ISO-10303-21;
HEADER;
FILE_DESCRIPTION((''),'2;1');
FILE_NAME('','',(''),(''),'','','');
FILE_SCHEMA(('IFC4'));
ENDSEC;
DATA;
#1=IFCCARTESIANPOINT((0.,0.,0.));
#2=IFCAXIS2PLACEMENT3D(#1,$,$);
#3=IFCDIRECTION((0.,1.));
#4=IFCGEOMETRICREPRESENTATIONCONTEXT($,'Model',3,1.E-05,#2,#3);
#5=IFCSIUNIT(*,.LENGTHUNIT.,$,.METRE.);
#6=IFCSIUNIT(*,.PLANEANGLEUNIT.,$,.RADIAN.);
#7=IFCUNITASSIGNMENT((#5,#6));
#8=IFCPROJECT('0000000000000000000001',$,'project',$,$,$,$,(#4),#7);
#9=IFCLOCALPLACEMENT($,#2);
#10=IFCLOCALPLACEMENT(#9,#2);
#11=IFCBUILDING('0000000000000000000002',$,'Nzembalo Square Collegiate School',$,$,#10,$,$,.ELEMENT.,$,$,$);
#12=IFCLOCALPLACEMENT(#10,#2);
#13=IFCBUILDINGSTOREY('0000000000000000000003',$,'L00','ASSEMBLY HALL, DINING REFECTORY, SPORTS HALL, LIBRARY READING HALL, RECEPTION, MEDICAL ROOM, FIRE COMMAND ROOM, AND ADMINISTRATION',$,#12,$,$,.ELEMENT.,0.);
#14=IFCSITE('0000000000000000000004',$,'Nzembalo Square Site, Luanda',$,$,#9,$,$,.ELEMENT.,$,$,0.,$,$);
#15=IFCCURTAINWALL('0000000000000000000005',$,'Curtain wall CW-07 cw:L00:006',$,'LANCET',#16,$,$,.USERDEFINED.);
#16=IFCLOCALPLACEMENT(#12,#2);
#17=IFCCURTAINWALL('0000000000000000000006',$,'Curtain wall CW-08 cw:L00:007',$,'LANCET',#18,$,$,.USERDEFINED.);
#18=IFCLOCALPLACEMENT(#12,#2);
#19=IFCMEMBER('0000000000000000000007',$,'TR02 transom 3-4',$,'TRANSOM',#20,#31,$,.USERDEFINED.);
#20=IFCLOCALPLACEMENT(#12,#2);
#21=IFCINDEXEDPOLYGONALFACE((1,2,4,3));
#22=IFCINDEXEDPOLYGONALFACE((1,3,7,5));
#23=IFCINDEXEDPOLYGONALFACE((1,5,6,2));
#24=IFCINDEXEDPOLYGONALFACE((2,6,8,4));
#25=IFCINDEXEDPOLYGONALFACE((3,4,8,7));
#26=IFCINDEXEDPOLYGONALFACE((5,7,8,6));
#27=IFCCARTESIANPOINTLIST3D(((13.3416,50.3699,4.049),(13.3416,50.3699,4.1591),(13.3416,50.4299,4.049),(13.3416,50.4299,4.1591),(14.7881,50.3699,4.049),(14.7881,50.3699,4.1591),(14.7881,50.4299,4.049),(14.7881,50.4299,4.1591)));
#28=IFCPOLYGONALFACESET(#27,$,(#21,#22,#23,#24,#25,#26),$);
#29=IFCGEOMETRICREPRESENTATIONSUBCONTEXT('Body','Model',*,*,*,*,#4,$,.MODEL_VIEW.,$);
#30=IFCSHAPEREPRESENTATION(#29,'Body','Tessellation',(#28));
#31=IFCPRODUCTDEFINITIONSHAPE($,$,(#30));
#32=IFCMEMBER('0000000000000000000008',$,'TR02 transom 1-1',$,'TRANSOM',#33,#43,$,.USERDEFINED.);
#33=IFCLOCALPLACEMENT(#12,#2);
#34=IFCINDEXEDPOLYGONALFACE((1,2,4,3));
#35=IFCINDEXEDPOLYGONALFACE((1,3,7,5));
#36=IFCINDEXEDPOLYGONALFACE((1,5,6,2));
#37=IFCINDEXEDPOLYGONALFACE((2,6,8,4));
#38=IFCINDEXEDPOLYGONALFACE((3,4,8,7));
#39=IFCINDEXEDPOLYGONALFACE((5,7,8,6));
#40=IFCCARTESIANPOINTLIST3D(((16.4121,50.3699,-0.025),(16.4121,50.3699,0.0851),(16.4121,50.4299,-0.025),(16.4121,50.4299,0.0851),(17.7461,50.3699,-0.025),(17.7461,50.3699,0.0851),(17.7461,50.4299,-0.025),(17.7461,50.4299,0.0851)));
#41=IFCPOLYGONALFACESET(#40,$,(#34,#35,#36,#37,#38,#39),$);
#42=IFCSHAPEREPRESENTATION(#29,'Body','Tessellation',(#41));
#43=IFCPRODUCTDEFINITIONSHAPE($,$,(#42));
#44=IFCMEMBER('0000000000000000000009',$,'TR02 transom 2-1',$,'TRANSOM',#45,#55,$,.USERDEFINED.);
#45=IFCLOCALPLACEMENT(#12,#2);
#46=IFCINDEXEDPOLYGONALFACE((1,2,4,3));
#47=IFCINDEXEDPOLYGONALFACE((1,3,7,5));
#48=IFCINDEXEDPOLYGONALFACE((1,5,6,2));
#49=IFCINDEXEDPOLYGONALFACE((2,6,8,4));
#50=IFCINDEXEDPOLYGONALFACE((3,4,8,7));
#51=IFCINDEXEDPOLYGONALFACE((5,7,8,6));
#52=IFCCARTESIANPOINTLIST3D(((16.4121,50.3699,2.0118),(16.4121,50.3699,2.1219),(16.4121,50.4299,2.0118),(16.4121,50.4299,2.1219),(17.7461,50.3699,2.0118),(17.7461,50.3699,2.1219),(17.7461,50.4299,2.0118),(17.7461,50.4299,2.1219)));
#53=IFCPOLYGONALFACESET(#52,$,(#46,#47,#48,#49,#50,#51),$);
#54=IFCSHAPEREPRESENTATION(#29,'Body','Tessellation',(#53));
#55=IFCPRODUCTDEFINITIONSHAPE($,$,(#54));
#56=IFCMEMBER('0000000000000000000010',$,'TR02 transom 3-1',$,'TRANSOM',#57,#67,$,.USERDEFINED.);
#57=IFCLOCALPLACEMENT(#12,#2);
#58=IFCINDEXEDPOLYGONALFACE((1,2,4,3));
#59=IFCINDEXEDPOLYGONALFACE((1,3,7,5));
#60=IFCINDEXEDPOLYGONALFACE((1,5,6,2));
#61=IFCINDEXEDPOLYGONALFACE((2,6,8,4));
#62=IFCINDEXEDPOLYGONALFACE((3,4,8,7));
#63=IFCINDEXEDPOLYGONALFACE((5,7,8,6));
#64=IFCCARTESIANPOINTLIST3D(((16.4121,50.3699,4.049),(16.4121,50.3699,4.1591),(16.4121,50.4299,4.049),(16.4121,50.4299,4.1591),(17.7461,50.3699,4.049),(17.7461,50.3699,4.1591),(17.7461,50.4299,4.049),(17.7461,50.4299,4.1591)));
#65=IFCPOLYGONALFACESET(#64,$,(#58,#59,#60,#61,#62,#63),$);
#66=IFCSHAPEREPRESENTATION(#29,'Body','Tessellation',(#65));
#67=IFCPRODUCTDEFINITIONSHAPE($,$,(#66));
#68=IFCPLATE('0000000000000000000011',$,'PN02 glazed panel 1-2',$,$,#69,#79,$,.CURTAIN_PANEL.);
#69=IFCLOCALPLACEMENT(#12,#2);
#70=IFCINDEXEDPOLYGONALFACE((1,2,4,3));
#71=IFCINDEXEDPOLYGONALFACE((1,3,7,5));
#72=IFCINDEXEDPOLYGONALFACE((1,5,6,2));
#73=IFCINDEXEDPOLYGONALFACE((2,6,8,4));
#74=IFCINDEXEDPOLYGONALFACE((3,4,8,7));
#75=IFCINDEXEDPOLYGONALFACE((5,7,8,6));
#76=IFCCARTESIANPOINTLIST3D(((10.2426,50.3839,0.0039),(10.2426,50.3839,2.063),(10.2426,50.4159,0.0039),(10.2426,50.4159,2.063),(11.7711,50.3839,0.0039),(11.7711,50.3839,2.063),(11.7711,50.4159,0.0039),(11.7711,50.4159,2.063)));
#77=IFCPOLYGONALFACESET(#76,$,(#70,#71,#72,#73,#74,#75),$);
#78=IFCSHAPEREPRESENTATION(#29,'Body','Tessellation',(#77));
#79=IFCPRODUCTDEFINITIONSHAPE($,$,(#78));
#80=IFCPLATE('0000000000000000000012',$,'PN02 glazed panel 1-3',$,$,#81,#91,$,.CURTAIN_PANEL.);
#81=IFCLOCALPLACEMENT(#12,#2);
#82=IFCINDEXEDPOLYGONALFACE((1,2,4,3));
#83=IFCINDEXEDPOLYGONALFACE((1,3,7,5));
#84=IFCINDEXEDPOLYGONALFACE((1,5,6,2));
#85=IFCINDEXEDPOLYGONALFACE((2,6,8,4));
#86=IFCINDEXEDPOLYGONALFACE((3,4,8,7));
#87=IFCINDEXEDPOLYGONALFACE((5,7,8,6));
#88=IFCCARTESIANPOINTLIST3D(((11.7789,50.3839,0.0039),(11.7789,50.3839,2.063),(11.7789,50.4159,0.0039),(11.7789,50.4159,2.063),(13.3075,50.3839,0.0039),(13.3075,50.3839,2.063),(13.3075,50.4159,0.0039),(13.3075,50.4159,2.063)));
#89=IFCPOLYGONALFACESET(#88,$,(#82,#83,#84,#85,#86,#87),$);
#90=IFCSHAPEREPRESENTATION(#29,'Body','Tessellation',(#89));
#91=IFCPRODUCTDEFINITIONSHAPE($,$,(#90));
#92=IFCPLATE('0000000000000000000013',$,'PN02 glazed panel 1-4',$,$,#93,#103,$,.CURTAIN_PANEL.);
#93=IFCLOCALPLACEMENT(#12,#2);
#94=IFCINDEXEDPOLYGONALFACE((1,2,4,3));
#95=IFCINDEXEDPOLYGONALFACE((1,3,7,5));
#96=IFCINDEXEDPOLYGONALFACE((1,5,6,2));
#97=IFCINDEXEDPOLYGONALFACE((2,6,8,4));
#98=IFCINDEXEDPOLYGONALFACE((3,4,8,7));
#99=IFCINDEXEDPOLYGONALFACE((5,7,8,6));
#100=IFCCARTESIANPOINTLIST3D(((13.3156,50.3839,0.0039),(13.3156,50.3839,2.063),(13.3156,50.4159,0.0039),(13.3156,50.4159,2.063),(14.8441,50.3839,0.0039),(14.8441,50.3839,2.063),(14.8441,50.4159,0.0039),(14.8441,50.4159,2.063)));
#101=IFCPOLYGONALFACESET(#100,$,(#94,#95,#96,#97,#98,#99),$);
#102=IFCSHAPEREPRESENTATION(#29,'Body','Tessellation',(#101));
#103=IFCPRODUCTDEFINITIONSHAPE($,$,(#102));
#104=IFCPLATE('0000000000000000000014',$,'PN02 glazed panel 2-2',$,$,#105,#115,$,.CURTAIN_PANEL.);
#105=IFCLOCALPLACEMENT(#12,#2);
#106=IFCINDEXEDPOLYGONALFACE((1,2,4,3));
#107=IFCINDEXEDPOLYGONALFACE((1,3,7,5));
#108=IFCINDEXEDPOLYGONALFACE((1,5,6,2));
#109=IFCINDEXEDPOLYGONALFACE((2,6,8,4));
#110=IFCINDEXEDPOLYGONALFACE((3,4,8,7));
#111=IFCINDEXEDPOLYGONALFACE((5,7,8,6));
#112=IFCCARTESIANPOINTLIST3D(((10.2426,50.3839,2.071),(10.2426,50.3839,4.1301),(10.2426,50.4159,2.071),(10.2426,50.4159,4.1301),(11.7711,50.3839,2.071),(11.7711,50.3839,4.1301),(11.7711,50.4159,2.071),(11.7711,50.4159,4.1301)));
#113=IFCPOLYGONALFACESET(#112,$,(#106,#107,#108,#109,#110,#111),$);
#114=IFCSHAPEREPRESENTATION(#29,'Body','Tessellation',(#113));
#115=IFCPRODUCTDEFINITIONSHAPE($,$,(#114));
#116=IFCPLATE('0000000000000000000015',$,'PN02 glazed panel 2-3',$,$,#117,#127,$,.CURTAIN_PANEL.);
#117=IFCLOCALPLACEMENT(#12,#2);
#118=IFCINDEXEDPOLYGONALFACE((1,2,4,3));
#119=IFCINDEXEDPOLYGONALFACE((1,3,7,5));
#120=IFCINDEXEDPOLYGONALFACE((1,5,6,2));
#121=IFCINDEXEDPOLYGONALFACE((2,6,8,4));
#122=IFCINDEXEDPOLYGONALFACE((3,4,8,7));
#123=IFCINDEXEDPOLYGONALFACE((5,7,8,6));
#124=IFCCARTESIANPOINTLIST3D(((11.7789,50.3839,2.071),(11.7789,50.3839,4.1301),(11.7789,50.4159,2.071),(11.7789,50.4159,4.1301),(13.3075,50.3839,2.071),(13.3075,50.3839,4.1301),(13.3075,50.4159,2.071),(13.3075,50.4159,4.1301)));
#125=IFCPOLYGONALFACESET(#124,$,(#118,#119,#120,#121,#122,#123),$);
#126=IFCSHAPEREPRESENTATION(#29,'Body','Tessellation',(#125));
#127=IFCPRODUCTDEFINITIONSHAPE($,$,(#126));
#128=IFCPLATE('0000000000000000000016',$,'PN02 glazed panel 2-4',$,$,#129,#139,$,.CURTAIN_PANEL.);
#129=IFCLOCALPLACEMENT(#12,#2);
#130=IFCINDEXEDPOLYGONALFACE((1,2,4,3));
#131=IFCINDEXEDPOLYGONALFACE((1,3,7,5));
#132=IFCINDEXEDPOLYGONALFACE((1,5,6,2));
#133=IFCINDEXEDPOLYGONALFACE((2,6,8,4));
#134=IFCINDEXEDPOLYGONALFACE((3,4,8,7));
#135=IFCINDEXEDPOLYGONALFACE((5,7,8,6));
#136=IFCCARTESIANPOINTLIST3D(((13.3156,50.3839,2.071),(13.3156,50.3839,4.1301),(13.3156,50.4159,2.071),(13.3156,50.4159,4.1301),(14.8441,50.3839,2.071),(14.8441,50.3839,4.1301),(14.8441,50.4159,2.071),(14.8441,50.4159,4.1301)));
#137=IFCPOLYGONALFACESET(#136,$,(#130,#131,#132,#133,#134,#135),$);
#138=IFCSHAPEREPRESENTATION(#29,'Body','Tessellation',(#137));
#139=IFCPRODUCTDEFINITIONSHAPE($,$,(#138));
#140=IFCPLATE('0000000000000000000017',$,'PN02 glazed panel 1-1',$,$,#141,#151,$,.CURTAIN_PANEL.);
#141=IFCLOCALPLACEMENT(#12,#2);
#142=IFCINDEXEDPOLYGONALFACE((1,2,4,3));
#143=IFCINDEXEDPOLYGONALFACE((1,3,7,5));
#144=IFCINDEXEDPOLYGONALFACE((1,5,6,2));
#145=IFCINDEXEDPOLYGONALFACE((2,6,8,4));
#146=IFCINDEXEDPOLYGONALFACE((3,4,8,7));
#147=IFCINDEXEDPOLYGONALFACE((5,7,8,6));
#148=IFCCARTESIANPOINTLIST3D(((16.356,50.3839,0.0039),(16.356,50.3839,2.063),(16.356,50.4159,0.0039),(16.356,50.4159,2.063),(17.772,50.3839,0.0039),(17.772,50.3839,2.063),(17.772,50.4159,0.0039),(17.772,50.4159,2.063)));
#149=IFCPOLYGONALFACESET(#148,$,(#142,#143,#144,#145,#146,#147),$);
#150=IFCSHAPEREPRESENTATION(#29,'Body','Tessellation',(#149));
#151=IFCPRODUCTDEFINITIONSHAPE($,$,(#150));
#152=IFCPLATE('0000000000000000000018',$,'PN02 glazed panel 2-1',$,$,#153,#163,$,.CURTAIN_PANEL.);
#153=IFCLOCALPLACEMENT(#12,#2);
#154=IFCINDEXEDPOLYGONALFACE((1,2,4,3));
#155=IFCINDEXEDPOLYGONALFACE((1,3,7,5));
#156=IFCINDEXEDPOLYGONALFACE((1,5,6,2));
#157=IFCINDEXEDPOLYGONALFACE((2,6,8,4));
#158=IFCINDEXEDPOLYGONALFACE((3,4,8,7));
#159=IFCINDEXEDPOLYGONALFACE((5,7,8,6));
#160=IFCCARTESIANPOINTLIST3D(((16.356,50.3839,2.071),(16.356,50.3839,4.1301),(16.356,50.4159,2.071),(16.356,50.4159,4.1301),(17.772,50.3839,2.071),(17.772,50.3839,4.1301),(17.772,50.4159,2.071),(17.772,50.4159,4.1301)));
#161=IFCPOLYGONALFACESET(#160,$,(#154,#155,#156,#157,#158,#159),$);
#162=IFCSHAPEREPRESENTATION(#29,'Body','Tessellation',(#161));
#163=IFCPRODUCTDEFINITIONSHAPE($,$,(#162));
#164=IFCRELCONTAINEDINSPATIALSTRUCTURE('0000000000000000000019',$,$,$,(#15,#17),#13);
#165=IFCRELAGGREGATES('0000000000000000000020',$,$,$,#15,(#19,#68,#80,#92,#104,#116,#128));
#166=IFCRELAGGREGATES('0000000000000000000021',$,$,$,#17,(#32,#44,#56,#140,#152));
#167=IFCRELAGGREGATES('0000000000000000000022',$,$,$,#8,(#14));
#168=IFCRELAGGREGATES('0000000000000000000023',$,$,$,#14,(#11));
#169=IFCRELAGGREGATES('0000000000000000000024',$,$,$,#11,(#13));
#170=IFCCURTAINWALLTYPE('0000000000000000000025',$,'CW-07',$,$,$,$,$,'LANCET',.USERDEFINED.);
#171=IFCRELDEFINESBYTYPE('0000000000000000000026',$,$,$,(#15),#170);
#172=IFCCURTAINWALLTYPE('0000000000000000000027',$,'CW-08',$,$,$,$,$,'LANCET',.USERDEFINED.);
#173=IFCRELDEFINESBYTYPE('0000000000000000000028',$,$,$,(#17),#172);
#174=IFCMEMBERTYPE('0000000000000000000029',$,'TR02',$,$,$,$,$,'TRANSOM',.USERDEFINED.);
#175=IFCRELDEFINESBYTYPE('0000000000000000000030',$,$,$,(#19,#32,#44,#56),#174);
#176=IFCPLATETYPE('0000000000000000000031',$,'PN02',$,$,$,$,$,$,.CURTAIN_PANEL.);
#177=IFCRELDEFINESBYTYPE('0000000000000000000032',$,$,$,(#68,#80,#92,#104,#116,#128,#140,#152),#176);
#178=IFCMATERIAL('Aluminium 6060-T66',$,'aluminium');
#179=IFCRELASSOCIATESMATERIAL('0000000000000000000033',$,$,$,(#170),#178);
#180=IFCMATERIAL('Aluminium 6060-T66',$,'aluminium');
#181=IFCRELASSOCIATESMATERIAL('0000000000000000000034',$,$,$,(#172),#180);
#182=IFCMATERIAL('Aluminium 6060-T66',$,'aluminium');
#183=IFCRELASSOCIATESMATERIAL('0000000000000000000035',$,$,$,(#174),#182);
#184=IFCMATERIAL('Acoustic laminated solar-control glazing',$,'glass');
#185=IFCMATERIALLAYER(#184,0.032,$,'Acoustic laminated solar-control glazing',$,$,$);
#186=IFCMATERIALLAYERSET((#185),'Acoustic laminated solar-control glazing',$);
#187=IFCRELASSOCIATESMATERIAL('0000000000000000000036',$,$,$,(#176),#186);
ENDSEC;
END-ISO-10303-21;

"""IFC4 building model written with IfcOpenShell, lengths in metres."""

from ifc_helpers import new_model, si_unit, direction, frame, origin, origin_2d, place, context, subcontext, project, spatial, rectangle, extrude, material, layer, layer_set, material_profile, profile_set, type_object, element, aggregate, save


model = new_model("IFC4")

# Units and contexts
model_context = context("Model", 3, precision=1e-05, world=origin(), true_north=direction((0.0, 1.0)))
body_context = subcontext(model_context, "Body", "Model", "MODEL_VIEW")
ifc_project = project(units=[si_unit("LENGTHUNIT", "METRE"), si_unit("PLANEANGLEUNIT", "RADIAN")], contexts=[model_context])

# Site, building, storey
site_placement = place(None, origin())
site = spatial("IfcSite", under=ifc_project, at=site_placement, Name="Nzembalo Square Site, Luanda", CompositionType="ELEMENT", RefElevation=0.0)
building_placement = place(site_placement, origin())
building = spatial("IfcBuilding", under=site, at=building_placement, Name="Nzembalo Square Collegiate School", CompositionType="ELEMENT")
storey_placement = place(building_placement, origin())
storey = spatial("IfcBuildingStorey", under=building, at=storey_placement, Name="L00", Description="ASSEMBLY HALL, DINING REFECTORY, SPORTS HALL, LIBRARY READING HALL, RECEPTION, MEDICAL ROOM, FIRE COMMAND ROOM, AND ADMINISTRATION", CompositionType="ELEMENT", Elevation=0.0)

# Curtain walls
ifc_material_1 = material(Name="Aluminium 6060-T66", Category="aluminium")
curtain_wall_type_1 = type_object("IfcCurtainWallType", Name="CW-07", ElementType="LANCET", PredefinedType="USERDEFINED", material=ifc_material_1)
curtain_wall_1_placement = place(storey_placement, origin())
curtain_wall_1 = element("IfcCurtainWall", 1, at=curtain_wall_1_placement, inside=storey, type_object=curtain_wall_type_1, Name="Curtain wall CW-07 cw:L00:006", ObjectType="LANCET", PredefinedType="USERDEFINED")
ifc_material_2 = material(Name="Aluminium 6060-T66", Category="aluminium")
curtain_wall_type_2 = type_object("IfcCurtainWallType", Name="CW-08", ElementType="LANCET", PredefinedType="USERDEFINED", material=ifc_material_2)
curtain_wall_2_placement = place(storey_placement, origin())
curtain_wall_2 = element("IfcCurtainWall", 2, at=curtain_wall_2_placement, inside=storey, type_object=curtain_wall_type_2, Name="Curtain wall CW-08 cw:L00:007", ObjectType="LANCET", PredefinedType="USERDEFINED")

# Members
ifc_material_3 = material(Name="Aluminium 6060-T66", Category="aluminium")
ifc_material_profile_1 = material_profile(ifc_material_3, rectangle(XDim=0.0601, YDim=0.1101, at=origin_2d()), Name="ALU T60x110")
ifc_profile_set_1 = profile_set([ifc_material_profile_1], Name="Aluminium 6060-T66")
member_type_1 = type_object("IfcMemberType", Name="TR02", ElementType="TRANSOM", PredefinedType="USERDEFINED", material=ifc_profile_set_1)
member_1_placement = place(storey_placement, frame((13.3416, 50.3999, 4.104), z_axis=(1.0, 0.0, 0.0), x_axis=(0.0, 1.0, 0.0)))
member_1 = element("IfcMember", 3, at=member_1_placement, type_object=member_type_1, Name="TR02 transom 3-4", ObjectType="TRANSOM", PredefinedType="USERDEFINED", context=body_context, shape_type="SweptSolid", body=[
    extrude(rectangle(XDim=0.0601, YDim=0.1101, at=origin_2d()), origin(), (0.0, 0.0, 1.0), 1.4465),
])
member_2_placement = place(storey_placement, frame((16.4121, 50.3999, 0.03), z_axis=(1.0, 0.0, 0.0), x_axis=(0.0, 1.0, 0.0)))
member_2 = element("IfcMember", 4, at=member_2_placement, type_object=member_type_1, Name="TR02 transom 1-1", ObjectType="TRANSOM", PredefinedType="USERDEFINED", context=body_context, shape_type="SweptSolid", body=[
    extrude(rectangle(XDim=0.0601, YDim=0.1101, at=origin_2d()), origin(), (0.0, 0.0, 1.0), 1.334),
])
member_3_placement = place(storey_placement, frame((16.4121, 50.3999, 2.0669), z_axis=(1.0, 0.0, 0.0), x_axis=(0.0, 1.0, 0.0)))
member_3 = element("IfcMember", 5, at=member_3_placement, type_object=member_type_1, Name="TR02 transom 2-1", ObjectType="TRANSOM", PredefinedType="USERDEFINED", context=body_context, shape_type="SweptSolid", body=[
    extrude(rectangle(XDim=0.0601, YDim=0.1101, at=origin_2d()), origin(), (0.0, 0.0, 1.0), 1.334),
])
member_4_placement = place(storey_placement, frame((16.4121, 50.3999, 4.104), z_axis=(1.0, 0.0, 0.0), x_axis=(0.0, 1.0, 0.0)))
member_4 = element("IfcMember", 6, at=member_4_placement, type_object=member_type_1, Name="TR02 transom 3-1", ObjectType="TRANSOM", PredefinedType="USERDEFINED", context=body_context, shape_type="SweptSolid", body=[
    extrude(rectangle(XDim=0.0601, YDim=0.1101, at=origin_2d()), origin(), (0.0, 0.0, 1.0), 1.334),
])

# Plates
ifc_material_4 = material(Name="Acoustic laminated solar-control glazing", Category="glass")
ifc_layer = layer(ifc_material_4, 0.032, Name="Acoustic laminated solar-control glazing")
ifc_layer_set = layer_set([ifc_layer], Name="Acoustic laminated solar-control glazing")
plate_type = type_object("IfcPlateType", Name="PN02", PredefinedType="CURTAIN_PANEL", material=ifc_layer_set)
plate_1_placement = place(storey_placement, frame((11.0068, 50.3999, 0.0039), z_axis=(0.0, 0.0, 1.0), x_axis=(1.0, 0.0, 0.0)))
plate_1 = element("IfcPlate", 7, at=plate_1_placement, type_object=plate_type, Name="PN02 glazed panel 1-2", PredefinedType="CURTAIN_PANEL", context=body_context, shape_type="SweptSolid", body=[
    extrude(rectangle(XDim=1.5286, YDim=0.032, at=origin_2d()), origin(), (0.0, 0.0, 1.0), 2.0591),
])
plate_2_placement = place(storey_placement, frame((12.5432, 50.3999, 0.0039), z_axis=(0.0, 0.0, 1.0), x_axis=(1.0, 0.0, 0.0)))
plate_2 = element("IfcPlate", 8, at=plate_2_placement, type_object=plate_type, Name="PN02 glazed panel 1-3", PredefinedType="CURTAIN_PANEL", context=body_context, shape_type="SweptSolid", body=[
    extrude(rectangle(XDim=1.5286, YDim=0.032, at=origin_2d()), origin(), (0.0, 0.0, 1.0), 2.0591),
])
plate_3_placement = place(storey_placement, frame((14.0798, 50.3999, 0.0039), z_axis=(0.0, 0.0, 1.0), x_axis=(1.0, 0.0, 0.0)))
plate_3 = element("IfcPlate", 9, at=plate_3_placement, type_object=plate_type, Name="PN02 glazed panel 1-4", PredefinedType="CURTAIN_PANEL", context=body_context, shape_type="SweptSolid", body=[
    extrude(rectangle(XDim=1.5286, YDim=0.032, at=origin_2d()), origin(), (0.0, 0.0, 1.0), 2.0591),
])
plate_4_placement = place(storey_placement, frame((11.0068, 50.3999, 2.071), z_axis=(0.0, 0.0, 1.0), x_axis=(1.0, 0.0, 0.0)))
plate_4 = element("IfcPlate", 10, at=plate_4_placement, type_object=plate_type, Name="PN02 glazed panel 2-2", PredefinedType="CURTAIN_PANEL", context=body_context, shape_type="SweptSolid", body=[
    extrude(rectangle(XDim=1.5286, YDim=0.032, at=origin_2d()), origin(), (0.0, 0.0, 1.0), 2.0591),
])
plate_5_placement = place(storey_placement, frame((12.5432, 50.3999, 2.071), z_axis=(0.0, 0.0, 1.0), x_axis=(1.0, 0.0, 0.0)))
plate_5 = element("IfcPlate", 11, at=plate_5_placement, type_object=plate_type, Name="PN02 glazed panel 2-3", PredefinedType="CURTAIN_PANEL", context=body_context, shape_type="SweptSolid", body=[
    extrude(rectangle(XDim=1.5286, YDim=0.032, at=origin_2d()), origin(), (0.0, 0.0, 1.0), 2.0591),
])
plate_6_placement = place(storey_placement, frame((14.0798, 50.3999, 2.071), z_axis=(0.0, 0.0, 1.0), x_axis=(1.0, 0.0, 0.0)))
plate_6 = element("IfcPlate", 12, at=plate_6_placement, type_object=plate_type, Name="PN02 glazed panel 2-4", PredefinedType="CURTAIN_PANEL", context=body_context, shape_type="SweptSolid", body=[
    extrude(rectangle(XDim=1.5286, YDim=0.032, at=origin_2d()), origin(), (0.0, 0.0, 1.0), 2.0591),
])
aggregate(curtain_wall_1, [member_1, plate_1, plate_2, plate_3, plate_4, plate_5, plate_6])
plate_7_placement = place(storey_placement, frame((17.064, 50.3999, 0.0039), z_axis=(0.0, 0.0, 1.0), x_axis=(1.0, 0.0, 0.0)))
plate_7 = element("IfcPlate", 13, at=plate_7_placement, type_object=plate_type, Name="PN02 glazed panel 1-1", PredefinedType="CURTAIN_PANEL", context=body_context, shape_type="SweptSolid", body=[
    extrude(rectangle(XDim=1.416, YDim=0.032, at=origin_2d()), origin(), (0.0, 0.0, 1.0), 2.0591),
])
plate_8_placement = place(storey_placement, frame((17.064, 50.3999, 2.071), z_axis=(0.0, 0.0, 1.0), x_axis=(1.0, 0.0, 0.0)))
plate_8 = element("IfcPlate", 14, at=plate_8_placement, type_object=plate_type, Name="PN02 glazed panel 2-1", PredefinedType="CURTAIN_PANEL", context=body_context, shape_type="SweptSolid", body=[
    extrude(rectangle(XDim=1.416, YDim=0.032, at=origin_2d()), origin(), (0.0, 0.0, 1.0), 2.0591),
])
aggregate(curtain_wall_2, [member_2, member_3, member_4, plate_7, plate_8])

save(model, "model.ifc")
